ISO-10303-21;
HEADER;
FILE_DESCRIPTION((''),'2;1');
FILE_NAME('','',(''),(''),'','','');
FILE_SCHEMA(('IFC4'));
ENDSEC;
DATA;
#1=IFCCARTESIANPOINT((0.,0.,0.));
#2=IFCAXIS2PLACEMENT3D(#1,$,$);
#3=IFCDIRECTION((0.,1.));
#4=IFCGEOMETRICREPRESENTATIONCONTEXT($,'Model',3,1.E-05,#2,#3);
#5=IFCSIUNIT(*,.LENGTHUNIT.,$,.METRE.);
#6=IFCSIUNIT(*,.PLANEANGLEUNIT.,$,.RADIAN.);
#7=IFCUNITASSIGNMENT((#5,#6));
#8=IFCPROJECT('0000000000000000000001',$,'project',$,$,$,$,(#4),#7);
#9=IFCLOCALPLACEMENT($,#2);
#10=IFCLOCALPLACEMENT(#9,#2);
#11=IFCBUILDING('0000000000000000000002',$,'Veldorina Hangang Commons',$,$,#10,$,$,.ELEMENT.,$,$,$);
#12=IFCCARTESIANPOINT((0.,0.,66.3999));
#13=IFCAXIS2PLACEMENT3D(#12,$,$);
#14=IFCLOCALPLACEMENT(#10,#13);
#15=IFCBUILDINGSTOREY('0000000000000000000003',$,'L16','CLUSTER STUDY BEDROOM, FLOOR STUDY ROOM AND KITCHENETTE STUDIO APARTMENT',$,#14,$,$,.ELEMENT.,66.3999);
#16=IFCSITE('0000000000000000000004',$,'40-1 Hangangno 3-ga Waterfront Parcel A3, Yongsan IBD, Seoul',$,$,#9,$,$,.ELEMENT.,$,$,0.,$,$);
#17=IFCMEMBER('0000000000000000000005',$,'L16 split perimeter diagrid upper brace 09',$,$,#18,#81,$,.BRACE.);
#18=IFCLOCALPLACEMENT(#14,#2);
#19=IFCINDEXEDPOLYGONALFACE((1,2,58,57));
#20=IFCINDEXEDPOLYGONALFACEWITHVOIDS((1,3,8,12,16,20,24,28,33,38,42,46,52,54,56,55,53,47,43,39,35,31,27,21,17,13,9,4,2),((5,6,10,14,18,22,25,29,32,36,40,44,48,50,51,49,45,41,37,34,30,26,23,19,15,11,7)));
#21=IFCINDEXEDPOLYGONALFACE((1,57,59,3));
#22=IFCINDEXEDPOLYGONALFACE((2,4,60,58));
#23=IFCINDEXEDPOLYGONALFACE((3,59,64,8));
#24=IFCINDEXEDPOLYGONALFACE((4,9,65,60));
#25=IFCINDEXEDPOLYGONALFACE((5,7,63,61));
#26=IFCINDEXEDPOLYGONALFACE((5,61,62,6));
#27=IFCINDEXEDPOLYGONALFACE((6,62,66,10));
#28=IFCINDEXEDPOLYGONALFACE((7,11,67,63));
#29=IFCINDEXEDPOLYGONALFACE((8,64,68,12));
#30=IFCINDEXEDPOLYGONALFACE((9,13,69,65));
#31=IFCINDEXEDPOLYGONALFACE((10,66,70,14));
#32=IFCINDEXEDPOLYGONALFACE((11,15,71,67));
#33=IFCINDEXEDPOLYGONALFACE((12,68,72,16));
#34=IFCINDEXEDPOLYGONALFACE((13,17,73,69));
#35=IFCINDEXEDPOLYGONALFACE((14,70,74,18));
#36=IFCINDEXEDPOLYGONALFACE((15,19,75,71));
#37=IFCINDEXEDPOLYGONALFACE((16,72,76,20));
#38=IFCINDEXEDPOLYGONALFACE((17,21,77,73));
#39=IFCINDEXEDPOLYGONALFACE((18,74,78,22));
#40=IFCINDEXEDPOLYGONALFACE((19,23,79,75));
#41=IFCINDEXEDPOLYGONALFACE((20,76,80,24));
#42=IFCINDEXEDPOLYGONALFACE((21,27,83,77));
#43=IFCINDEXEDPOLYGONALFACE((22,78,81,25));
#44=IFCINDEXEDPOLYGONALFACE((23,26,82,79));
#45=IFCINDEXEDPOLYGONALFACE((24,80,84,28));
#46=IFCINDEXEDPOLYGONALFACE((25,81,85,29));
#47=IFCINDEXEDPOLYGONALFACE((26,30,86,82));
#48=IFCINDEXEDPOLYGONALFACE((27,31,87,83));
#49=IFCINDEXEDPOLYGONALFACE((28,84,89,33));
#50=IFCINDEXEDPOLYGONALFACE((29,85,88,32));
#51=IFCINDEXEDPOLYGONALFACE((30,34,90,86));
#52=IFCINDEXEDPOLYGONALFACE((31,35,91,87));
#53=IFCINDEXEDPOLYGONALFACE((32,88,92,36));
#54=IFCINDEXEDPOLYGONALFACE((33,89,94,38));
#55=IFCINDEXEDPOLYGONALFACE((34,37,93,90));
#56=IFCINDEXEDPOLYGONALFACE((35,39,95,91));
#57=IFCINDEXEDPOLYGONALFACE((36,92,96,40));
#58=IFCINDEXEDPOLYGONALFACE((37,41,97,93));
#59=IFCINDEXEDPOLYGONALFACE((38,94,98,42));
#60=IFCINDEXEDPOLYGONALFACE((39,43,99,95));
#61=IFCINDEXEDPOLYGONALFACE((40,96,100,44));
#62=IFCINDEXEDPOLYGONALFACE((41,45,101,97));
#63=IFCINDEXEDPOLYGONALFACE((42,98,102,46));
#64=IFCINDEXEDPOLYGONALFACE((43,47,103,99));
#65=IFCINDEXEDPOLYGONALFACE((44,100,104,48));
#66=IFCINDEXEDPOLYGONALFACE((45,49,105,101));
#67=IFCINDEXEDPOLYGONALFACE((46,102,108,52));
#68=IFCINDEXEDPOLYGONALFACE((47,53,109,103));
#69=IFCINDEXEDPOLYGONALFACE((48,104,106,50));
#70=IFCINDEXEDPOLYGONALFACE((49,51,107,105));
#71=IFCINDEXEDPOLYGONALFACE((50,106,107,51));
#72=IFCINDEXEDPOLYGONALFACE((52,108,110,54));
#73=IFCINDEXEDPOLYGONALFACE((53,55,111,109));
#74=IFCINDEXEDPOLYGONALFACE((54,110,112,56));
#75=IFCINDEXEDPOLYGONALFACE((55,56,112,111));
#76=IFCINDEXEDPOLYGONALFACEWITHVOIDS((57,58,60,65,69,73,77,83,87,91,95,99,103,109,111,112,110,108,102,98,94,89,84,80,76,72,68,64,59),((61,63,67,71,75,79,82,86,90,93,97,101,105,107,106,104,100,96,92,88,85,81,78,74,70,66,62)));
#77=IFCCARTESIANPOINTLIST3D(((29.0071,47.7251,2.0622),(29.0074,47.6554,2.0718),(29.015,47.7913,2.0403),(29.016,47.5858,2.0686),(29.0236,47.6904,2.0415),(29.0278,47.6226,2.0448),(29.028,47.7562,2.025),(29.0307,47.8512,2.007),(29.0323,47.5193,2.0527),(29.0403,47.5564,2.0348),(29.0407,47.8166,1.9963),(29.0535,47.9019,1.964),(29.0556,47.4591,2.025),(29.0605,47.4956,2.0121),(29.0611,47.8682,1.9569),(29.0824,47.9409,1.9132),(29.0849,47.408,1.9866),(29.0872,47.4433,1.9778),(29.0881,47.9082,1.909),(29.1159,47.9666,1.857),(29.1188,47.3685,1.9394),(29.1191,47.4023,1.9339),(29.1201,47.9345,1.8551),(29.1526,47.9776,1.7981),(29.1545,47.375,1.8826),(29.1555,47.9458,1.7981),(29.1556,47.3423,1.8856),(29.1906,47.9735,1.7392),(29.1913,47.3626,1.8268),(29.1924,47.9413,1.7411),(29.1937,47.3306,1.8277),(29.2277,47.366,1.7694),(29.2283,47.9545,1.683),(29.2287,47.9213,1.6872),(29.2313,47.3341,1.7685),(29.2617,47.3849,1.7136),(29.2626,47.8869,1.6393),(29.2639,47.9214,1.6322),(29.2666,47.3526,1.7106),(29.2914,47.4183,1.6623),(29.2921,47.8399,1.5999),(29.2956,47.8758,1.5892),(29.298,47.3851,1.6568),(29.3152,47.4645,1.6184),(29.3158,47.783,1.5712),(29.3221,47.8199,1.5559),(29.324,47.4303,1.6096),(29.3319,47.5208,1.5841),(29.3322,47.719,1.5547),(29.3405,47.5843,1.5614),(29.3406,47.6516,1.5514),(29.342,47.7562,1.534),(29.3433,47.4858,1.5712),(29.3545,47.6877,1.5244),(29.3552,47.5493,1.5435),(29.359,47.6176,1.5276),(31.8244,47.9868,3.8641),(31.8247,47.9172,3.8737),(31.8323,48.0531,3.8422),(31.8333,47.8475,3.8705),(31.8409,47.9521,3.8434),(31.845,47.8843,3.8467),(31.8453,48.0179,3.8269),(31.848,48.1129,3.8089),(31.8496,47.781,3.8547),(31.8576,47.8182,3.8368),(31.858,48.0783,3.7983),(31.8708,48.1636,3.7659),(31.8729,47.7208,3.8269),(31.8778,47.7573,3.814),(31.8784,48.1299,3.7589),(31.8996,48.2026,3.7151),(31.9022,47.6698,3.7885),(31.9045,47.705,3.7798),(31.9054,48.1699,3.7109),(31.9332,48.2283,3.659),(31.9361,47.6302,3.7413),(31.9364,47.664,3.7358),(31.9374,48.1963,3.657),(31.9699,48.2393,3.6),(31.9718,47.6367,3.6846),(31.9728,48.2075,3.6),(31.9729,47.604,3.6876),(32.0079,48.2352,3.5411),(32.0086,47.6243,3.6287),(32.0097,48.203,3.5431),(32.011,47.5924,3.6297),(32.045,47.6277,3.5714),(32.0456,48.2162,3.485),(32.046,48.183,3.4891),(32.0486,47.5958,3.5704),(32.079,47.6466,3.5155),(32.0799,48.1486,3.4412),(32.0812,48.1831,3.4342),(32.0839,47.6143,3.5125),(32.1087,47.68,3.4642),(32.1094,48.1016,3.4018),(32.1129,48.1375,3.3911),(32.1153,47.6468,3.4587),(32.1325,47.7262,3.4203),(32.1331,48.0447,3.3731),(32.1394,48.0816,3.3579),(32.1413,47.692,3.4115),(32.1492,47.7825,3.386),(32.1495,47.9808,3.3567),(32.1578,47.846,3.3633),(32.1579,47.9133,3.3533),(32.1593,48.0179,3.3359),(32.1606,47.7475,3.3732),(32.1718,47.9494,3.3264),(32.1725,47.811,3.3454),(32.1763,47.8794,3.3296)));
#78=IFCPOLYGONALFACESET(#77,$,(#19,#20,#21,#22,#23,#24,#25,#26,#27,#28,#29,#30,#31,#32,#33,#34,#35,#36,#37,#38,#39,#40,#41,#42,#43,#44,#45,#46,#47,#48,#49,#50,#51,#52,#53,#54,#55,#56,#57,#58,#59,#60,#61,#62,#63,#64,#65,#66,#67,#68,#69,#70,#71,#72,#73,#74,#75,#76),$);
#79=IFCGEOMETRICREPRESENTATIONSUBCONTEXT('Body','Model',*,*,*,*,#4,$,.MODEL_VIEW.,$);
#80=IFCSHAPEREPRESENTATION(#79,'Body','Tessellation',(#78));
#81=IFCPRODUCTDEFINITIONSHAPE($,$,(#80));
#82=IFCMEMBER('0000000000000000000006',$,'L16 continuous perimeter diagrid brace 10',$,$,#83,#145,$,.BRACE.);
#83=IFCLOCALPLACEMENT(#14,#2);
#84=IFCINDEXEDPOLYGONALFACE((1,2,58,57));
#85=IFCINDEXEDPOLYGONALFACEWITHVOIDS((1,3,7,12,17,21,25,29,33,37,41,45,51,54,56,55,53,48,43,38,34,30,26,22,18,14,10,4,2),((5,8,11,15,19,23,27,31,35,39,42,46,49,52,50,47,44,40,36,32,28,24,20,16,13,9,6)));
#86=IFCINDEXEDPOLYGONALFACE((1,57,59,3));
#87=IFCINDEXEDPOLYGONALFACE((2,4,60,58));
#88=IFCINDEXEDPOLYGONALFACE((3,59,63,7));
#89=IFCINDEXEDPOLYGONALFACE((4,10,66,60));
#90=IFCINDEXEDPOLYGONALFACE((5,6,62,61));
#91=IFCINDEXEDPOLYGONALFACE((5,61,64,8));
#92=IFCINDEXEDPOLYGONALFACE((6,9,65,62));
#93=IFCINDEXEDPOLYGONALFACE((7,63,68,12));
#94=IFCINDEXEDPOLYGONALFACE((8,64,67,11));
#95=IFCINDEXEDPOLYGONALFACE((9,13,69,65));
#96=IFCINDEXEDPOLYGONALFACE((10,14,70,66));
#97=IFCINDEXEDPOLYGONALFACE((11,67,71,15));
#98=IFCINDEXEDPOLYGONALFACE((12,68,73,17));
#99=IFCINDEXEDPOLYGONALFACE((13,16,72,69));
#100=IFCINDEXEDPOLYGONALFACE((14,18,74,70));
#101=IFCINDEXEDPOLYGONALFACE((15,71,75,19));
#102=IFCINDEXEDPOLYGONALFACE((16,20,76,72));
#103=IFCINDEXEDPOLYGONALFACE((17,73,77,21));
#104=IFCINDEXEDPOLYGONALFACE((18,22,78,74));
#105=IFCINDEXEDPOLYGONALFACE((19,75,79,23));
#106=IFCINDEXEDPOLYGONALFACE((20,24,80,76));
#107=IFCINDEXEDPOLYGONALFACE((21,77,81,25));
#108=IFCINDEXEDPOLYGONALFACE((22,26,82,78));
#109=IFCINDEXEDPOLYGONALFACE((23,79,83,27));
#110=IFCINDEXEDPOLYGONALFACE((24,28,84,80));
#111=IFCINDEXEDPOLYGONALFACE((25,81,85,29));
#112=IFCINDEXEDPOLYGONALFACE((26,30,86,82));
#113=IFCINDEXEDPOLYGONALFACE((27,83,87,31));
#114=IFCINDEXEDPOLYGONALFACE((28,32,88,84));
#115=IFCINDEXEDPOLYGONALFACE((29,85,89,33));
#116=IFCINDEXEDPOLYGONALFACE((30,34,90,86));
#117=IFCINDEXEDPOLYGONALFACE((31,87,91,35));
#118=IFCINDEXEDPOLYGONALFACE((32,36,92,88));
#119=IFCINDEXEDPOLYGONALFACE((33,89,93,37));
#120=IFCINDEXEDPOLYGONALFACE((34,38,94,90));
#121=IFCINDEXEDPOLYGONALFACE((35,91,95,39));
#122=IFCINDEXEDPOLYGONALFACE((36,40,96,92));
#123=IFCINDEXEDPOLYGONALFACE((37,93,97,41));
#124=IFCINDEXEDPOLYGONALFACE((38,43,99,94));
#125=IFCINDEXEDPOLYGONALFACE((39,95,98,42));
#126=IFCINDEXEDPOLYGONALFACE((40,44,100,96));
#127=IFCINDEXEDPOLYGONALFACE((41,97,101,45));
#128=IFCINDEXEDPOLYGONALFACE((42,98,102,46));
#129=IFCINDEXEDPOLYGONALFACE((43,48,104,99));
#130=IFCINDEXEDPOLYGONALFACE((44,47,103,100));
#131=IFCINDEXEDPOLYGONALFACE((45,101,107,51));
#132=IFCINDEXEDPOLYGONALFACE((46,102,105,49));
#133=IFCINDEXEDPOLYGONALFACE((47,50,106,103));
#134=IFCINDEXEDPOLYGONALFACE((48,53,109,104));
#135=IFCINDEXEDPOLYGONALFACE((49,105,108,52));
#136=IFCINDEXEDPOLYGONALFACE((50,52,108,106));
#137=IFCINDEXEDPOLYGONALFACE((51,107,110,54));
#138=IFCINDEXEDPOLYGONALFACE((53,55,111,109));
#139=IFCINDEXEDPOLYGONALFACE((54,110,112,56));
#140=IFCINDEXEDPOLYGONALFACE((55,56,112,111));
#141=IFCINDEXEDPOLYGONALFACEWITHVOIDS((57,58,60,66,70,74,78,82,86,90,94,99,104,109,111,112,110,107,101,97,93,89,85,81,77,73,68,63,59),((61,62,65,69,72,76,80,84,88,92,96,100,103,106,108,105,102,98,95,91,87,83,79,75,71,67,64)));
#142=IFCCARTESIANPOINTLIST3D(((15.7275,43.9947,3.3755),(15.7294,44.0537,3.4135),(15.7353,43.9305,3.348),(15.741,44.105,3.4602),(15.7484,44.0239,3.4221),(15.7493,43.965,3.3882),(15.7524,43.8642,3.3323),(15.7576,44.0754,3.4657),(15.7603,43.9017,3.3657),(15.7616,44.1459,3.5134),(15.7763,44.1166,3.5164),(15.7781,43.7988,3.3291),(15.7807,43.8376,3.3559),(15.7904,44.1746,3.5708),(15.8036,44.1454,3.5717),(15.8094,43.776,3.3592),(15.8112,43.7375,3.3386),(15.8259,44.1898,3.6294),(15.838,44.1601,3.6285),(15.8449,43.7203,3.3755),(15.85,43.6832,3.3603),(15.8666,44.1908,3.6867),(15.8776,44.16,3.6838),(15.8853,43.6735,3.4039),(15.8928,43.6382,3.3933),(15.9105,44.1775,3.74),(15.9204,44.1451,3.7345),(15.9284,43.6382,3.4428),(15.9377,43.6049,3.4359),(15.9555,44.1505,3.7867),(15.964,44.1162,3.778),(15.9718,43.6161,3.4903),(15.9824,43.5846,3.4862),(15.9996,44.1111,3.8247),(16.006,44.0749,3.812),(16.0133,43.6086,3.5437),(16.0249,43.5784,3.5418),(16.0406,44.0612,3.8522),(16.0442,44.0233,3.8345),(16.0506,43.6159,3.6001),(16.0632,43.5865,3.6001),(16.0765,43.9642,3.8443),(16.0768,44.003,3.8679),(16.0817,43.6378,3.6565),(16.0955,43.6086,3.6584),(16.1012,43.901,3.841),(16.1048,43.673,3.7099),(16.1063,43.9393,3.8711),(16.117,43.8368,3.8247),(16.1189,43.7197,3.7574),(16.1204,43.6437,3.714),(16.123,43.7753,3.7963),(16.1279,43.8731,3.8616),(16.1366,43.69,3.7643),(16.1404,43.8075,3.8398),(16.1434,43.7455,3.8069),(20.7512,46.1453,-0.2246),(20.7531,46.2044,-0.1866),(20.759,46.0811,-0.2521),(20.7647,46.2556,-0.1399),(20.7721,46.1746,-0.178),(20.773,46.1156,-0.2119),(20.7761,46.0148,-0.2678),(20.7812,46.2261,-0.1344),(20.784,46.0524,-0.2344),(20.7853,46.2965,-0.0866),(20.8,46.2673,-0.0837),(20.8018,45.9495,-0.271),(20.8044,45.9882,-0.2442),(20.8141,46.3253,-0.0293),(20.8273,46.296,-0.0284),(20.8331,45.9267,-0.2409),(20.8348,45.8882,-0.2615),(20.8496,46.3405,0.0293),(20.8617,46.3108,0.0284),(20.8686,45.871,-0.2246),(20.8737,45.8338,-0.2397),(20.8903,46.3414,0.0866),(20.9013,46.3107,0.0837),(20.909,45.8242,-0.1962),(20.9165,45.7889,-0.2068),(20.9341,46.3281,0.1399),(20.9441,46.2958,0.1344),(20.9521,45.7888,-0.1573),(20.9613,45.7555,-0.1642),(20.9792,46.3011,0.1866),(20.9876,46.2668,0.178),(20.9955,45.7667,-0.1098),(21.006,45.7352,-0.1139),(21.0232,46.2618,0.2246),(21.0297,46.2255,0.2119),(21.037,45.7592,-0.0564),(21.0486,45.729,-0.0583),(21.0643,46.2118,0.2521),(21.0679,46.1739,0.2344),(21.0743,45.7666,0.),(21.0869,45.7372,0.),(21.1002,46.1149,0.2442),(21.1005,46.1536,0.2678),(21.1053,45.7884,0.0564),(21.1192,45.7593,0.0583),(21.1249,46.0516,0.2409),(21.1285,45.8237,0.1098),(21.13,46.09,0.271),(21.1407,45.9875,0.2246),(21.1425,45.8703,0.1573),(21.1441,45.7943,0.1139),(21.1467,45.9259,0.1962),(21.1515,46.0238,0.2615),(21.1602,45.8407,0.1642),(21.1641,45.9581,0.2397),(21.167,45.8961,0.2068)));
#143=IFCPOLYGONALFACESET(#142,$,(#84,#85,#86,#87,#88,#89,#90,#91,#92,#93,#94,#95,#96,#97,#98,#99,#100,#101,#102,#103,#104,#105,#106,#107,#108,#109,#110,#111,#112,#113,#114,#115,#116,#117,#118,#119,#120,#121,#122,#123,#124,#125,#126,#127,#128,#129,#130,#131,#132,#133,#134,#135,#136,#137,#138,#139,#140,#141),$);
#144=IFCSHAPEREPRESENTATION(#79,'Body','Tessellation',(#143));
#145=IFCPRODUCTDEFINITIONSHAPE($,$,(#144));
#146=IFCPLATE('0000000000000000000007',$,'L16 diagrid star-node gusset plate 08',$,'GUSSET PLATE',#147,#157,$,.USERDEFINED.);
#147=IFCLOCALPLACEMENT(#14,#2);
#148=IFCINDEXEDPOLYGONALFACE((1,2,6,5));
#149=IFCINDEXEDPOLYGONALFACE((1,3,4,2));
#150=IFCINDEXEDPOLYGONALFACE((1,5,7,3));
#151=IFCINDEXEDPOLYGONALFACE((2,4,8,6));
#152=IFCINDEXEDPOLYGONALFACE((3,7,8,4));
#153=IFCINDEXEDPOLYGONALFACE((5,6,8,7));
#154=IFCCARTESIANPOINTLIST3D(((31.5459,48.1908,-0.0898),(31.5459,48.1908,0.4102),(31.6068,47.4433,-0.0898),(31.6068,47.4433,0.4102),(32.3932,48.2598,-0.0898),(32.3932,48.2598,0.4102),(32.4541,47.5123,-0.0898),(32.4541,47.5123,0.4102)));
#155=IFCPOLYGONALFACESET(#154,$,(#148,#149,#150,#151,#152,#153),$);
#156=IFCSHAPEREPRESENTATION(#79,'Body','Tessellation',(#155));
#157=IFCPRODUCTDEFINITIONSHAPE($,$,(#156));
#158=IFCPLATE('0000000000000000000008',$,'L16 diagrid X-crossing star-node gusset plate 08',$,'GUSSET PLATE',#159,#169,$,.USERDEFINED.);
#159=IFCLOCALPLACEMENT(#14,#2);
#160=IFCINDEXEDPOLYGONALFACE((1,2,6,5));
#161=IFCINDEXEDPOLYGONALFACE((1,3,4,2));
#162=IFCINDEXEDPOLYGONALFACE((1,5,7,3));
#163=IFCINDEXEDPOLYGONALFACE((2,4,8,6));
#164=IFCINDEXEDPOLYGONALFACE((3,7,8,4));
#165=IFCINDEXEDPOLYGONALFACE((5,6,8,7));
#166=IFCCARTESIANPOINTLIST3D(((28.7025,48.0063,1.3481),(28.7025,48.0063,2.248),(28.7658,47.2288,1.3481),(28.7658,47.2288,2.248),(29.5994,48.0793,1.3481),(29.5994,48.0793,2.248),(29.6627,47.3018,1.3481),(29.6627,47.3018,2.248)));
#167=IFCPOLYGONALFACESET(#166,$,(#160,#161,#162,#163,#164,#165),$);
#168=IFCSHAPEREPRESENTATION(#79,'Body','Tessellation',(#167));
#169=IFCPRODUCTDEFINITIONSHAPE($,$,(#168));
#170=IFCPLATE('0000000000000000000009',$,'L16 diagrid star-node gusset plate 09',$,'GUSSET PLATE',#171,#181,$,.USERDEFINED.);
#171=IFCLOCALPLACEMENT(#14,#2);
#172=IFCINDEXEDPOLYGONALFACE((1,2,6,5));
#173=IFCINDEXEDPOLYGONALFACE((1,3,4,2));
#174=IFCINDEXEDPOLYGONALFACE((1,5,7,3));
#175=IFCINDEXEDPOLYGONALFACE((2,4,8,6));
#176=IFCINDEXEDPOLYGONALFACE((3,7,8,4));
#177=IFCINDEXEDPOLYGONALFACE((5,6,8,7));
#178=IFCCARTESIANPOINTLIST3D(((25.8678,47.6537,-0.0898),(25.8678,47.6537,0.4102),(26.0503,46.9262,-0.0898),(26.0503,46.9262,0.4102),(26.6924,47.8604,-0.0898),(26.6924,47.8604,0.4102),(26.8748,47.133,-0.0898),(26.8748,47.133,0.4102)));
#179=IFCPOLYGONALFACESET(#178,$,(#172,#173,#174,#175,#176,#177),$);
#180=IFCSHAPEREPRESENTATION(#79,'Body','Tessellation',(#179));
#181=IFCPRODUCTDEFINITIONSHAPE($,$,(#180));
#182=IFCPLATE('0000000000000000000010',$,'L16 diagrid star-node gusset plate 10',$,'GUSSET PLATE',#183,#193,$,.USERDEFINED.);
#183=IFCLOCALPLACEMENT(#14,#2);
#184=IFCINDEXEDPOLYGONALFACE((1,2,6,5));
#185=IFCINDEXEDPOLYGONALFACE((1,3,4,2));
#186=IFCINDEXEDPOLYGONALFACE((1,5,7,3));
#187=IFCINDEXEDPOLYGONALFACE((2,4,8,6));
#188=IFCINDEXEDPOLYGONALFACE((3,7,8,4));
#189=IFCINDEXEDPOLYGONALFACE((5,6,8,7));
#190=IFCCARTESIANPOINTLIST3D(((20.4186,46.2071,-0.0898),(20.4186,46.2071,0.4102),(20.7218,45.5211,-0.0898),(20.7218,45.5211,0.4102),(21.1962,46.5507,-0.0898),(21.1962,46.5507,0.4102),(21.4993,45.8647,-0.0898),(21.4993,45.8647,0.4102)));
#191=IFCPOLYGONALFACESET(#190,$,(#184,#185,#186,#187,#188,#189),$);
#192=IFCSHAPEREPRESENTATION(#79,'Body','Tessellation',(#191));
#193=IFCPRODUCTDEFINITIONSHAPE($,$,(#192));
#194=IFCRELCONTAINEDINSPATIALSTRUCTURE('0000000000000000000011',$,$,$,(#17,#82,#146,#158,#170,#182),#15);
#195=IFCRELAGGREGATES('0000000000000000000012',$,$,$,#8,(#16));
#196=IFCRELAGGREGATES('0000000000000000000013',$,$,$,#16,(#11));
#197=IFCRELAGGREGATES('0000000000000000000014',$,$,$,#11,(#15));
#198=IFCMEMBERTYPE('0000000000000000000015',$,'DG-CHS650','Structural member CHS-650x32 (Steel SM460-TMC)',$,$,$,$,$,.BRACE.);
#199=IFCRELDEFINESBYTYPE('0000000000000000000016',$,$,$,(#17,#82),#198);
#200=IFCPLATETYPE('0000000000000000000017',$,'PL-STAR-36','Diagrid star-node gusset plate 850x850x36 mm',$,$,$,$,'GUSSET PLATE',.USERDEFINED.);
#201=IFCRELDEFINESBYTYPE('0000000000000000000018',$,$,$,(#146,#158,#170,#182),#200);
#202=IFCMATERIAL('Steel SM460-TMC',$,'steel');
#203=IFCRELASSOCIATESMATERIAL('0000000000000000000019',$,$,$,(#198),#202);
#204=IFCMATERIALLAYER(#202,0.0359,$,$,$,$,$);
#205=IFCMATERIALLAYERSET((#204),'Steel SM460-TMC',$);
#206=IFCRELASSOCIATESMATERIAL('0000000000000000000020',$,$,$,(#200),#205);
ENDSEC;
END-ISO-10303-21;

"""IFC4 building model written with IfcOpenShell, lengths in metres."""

from ifc_helpers import new_model, si_unit, direction, frame, origin, origin_2d, place, context, subcontext, project, spatial, rectangle, hollow_circle, extrude, material, layer, layer_set, material_profile, profile_set, type_object, element, save


model = new_model("IFC4")

# Units and contexts
model_context = context("Model", 3, precision=1e-05, world=origin(), true_north=direction((0.0, 1.0)))
body_context = subcontext(model_context, "Body", "Model", "MODEL_VIEW")
ifc_project = project(units=[si_unit("LENGTHUNIT", "METRE"), si_unit("PLANEANGLEUNIT", "RADIAN")], contexts=[model_context])

# Site, building, storey
site_placement = place(None, origin())
site = spatial("IfcSite", under=ifc_project, at=site_placement, Name="40-1 Hangangno 3-ga Waterfront Parcel A3, Yongsan IBD, Seoul", CompositionType="ELEMENT", RefElevation=0.0)
building_placement = place(site_placement, origin())
building = spatial("IfcBuilding", under=site, at=building_placement, Name="Veldorina Hangang Commons", CompositionType="ELEMENT")
storey_placement = place(building_placement, frame((0.0, 0.0, 66.3999)))
storey = spatial("IfcBuildingStorey", under=building, at=storey_placement, Name="L16", Description="CLUSTER STUDY BEDROOM, FLOOR STUDY ROOM AND KITCHENETTE STUDIO APARTMENT", CompositionType="ELEMENT", Elevation=66.3999)

# Members
ifc_material_1 = material(Name="Steel SM460-TMC", Category="steel")
ifc_material_profile_1 = material_profile(ifc_material_1, hollow_circle(Radius=0.325, WallThickness=0.032, at=origin_2d()), Name="CHS-650x32")
ifc_profile_set_1 = profile_set([ifc_material_profile_1], Name="Steel SM460-TMC")
member_type = type_object("IfcMemberType", Name="DG-CHS650", Description="Structural member CHS-650x32 (Steel SM460-TMC)", PredefinedType="BRACE", material=ifc_profile_set_1)
member_1_placement = place(storey_placement, frame((29.1826, 47.6541, 1.7981), z_axis=(0.839856, 0.078018, 0.537173), x_axis=(-0.092496, 0.995713, 0.0)))
element("IfcMember", 1, at=member_1_placement, inside=storey, type_object=member_type, Name="L16 split perimeter diagrid upper brace 09", PredefinedType="BRACE", context=body_context, shape_type="SweptSolid", body=[
    extrude(hollow_circle(Radius=0.325, WallThickness=0.032, at=origin_2d()), origin(), (0.0, 0.0, 1.0), 3.3545),
])
member_2_placement = place(storey_placement, frame((20.959, 46.0359, 0.0), z_axis=(-0.767683, -0.328645, 0.550141), x_axis=(0.393553, -0.919302, 0.0)))
element("IfcMember", 2, at=member_2_placement, inside=storey, type_object=member_type, Name="L16 continuous perimeter diagrid brace 10", PredefinedType="BRACE", context=body_context, shape_type="SweptSolid", body=[
    extrude(hollow_circle(Radius=0.325, WallThickness=0.032, at=origin_2d()), origin(), (0.0, 0.0, 1.0), 6.5439),
])

# Plates
ifc_layer_1 = layer(ifc_material_1, 0.0359)
ifc_layer_set_1 = layer_set([ifc_layer_1], Name="Steel SM460-TMC")
plate_type = type_object("IfcPlateType", Name="PL-STAR-36", Description="Diagrid star-node gusset plate 850x850x36 mm", ElementType="GUSSET PLATE", PredefinedType="USERDEFINED", material=ifc_layer_set_1)
plate_1_placement = place(storey_placement, frame((32.0, 47.8516, -0.0898), z_axis=(0.0, 0.0, 1.0), x_axis=(-0.996701, -0.081156, 0.0)))
element("IfcPlate", 3, at=plate_1_placement, inside=storey, type_object=plate_type, Name="L16 diagrid star-node gusset plate 08", ObjectType="GUSSET PLATE", PredefinedType="USERDEFINED", context=body_context, shape_type="SweptSolid", body=[
    extrude(rectangle(XDim=0.8501, YDim=0.75, at=origin_2d()), origin(), (0.0, 0.0, 1.0), 0.5),
])
plate_2_placement = place(storey_placement, frame((29.1826, 47.6541, 1.3481), z_axis=(0.0, 0.0, 1.0), x_axis=(-0.996701, -0.081156, 0.0)))
element("IfcPlate", 4, at=plate_2_placement, inside=storey, type_object=plate_type, Name="L16 diagrid X-crossing star-node gusset plate 08", ObjectType="GUSSET PLATE", PredefinedType="USERDEFINED", context=body_context, shape_type="SweptSolid", body=[
    extrude(rectangle(XDim=0.8999, YDim=0.78, at=origin_2d()), origin(), (0.0, 0.0, 1.0), 0.8999),
])
for number, where, z_axis, x_axis, name in (
    (5, (26.3713, 47.3933, -0.0898), (0.0, 0.0, 1.0), (-0.969965, -0.243243, 0.0), "L16 diagrid star-node gusset plate 09"),
    (6, (20.959, 46.0359, -0.0898), (0.0, 0.0, 1.0), (-0.914678, -0.404184, 0.0), "L16 diagrid star-node gusset plate 10"),
):
    element("IfcPlate", number, at=place(storey_placement, frame(where, z_axis=z_axis, x_axis=x_axis)), inside=storey, type_object=plate_type, Name=name, ObjectType="GUSSET PLATE", PredefinedType="USERDEFINED", context=body_context, shape_type="SweptSolid", body=[
        extrude(rectangle(XDim=0.8501, YDim=0.75, at=origin_2d()), origin(), (0.0, 0.0, 1.0), 0.5),
    ])

save(model, "model.ifc")
